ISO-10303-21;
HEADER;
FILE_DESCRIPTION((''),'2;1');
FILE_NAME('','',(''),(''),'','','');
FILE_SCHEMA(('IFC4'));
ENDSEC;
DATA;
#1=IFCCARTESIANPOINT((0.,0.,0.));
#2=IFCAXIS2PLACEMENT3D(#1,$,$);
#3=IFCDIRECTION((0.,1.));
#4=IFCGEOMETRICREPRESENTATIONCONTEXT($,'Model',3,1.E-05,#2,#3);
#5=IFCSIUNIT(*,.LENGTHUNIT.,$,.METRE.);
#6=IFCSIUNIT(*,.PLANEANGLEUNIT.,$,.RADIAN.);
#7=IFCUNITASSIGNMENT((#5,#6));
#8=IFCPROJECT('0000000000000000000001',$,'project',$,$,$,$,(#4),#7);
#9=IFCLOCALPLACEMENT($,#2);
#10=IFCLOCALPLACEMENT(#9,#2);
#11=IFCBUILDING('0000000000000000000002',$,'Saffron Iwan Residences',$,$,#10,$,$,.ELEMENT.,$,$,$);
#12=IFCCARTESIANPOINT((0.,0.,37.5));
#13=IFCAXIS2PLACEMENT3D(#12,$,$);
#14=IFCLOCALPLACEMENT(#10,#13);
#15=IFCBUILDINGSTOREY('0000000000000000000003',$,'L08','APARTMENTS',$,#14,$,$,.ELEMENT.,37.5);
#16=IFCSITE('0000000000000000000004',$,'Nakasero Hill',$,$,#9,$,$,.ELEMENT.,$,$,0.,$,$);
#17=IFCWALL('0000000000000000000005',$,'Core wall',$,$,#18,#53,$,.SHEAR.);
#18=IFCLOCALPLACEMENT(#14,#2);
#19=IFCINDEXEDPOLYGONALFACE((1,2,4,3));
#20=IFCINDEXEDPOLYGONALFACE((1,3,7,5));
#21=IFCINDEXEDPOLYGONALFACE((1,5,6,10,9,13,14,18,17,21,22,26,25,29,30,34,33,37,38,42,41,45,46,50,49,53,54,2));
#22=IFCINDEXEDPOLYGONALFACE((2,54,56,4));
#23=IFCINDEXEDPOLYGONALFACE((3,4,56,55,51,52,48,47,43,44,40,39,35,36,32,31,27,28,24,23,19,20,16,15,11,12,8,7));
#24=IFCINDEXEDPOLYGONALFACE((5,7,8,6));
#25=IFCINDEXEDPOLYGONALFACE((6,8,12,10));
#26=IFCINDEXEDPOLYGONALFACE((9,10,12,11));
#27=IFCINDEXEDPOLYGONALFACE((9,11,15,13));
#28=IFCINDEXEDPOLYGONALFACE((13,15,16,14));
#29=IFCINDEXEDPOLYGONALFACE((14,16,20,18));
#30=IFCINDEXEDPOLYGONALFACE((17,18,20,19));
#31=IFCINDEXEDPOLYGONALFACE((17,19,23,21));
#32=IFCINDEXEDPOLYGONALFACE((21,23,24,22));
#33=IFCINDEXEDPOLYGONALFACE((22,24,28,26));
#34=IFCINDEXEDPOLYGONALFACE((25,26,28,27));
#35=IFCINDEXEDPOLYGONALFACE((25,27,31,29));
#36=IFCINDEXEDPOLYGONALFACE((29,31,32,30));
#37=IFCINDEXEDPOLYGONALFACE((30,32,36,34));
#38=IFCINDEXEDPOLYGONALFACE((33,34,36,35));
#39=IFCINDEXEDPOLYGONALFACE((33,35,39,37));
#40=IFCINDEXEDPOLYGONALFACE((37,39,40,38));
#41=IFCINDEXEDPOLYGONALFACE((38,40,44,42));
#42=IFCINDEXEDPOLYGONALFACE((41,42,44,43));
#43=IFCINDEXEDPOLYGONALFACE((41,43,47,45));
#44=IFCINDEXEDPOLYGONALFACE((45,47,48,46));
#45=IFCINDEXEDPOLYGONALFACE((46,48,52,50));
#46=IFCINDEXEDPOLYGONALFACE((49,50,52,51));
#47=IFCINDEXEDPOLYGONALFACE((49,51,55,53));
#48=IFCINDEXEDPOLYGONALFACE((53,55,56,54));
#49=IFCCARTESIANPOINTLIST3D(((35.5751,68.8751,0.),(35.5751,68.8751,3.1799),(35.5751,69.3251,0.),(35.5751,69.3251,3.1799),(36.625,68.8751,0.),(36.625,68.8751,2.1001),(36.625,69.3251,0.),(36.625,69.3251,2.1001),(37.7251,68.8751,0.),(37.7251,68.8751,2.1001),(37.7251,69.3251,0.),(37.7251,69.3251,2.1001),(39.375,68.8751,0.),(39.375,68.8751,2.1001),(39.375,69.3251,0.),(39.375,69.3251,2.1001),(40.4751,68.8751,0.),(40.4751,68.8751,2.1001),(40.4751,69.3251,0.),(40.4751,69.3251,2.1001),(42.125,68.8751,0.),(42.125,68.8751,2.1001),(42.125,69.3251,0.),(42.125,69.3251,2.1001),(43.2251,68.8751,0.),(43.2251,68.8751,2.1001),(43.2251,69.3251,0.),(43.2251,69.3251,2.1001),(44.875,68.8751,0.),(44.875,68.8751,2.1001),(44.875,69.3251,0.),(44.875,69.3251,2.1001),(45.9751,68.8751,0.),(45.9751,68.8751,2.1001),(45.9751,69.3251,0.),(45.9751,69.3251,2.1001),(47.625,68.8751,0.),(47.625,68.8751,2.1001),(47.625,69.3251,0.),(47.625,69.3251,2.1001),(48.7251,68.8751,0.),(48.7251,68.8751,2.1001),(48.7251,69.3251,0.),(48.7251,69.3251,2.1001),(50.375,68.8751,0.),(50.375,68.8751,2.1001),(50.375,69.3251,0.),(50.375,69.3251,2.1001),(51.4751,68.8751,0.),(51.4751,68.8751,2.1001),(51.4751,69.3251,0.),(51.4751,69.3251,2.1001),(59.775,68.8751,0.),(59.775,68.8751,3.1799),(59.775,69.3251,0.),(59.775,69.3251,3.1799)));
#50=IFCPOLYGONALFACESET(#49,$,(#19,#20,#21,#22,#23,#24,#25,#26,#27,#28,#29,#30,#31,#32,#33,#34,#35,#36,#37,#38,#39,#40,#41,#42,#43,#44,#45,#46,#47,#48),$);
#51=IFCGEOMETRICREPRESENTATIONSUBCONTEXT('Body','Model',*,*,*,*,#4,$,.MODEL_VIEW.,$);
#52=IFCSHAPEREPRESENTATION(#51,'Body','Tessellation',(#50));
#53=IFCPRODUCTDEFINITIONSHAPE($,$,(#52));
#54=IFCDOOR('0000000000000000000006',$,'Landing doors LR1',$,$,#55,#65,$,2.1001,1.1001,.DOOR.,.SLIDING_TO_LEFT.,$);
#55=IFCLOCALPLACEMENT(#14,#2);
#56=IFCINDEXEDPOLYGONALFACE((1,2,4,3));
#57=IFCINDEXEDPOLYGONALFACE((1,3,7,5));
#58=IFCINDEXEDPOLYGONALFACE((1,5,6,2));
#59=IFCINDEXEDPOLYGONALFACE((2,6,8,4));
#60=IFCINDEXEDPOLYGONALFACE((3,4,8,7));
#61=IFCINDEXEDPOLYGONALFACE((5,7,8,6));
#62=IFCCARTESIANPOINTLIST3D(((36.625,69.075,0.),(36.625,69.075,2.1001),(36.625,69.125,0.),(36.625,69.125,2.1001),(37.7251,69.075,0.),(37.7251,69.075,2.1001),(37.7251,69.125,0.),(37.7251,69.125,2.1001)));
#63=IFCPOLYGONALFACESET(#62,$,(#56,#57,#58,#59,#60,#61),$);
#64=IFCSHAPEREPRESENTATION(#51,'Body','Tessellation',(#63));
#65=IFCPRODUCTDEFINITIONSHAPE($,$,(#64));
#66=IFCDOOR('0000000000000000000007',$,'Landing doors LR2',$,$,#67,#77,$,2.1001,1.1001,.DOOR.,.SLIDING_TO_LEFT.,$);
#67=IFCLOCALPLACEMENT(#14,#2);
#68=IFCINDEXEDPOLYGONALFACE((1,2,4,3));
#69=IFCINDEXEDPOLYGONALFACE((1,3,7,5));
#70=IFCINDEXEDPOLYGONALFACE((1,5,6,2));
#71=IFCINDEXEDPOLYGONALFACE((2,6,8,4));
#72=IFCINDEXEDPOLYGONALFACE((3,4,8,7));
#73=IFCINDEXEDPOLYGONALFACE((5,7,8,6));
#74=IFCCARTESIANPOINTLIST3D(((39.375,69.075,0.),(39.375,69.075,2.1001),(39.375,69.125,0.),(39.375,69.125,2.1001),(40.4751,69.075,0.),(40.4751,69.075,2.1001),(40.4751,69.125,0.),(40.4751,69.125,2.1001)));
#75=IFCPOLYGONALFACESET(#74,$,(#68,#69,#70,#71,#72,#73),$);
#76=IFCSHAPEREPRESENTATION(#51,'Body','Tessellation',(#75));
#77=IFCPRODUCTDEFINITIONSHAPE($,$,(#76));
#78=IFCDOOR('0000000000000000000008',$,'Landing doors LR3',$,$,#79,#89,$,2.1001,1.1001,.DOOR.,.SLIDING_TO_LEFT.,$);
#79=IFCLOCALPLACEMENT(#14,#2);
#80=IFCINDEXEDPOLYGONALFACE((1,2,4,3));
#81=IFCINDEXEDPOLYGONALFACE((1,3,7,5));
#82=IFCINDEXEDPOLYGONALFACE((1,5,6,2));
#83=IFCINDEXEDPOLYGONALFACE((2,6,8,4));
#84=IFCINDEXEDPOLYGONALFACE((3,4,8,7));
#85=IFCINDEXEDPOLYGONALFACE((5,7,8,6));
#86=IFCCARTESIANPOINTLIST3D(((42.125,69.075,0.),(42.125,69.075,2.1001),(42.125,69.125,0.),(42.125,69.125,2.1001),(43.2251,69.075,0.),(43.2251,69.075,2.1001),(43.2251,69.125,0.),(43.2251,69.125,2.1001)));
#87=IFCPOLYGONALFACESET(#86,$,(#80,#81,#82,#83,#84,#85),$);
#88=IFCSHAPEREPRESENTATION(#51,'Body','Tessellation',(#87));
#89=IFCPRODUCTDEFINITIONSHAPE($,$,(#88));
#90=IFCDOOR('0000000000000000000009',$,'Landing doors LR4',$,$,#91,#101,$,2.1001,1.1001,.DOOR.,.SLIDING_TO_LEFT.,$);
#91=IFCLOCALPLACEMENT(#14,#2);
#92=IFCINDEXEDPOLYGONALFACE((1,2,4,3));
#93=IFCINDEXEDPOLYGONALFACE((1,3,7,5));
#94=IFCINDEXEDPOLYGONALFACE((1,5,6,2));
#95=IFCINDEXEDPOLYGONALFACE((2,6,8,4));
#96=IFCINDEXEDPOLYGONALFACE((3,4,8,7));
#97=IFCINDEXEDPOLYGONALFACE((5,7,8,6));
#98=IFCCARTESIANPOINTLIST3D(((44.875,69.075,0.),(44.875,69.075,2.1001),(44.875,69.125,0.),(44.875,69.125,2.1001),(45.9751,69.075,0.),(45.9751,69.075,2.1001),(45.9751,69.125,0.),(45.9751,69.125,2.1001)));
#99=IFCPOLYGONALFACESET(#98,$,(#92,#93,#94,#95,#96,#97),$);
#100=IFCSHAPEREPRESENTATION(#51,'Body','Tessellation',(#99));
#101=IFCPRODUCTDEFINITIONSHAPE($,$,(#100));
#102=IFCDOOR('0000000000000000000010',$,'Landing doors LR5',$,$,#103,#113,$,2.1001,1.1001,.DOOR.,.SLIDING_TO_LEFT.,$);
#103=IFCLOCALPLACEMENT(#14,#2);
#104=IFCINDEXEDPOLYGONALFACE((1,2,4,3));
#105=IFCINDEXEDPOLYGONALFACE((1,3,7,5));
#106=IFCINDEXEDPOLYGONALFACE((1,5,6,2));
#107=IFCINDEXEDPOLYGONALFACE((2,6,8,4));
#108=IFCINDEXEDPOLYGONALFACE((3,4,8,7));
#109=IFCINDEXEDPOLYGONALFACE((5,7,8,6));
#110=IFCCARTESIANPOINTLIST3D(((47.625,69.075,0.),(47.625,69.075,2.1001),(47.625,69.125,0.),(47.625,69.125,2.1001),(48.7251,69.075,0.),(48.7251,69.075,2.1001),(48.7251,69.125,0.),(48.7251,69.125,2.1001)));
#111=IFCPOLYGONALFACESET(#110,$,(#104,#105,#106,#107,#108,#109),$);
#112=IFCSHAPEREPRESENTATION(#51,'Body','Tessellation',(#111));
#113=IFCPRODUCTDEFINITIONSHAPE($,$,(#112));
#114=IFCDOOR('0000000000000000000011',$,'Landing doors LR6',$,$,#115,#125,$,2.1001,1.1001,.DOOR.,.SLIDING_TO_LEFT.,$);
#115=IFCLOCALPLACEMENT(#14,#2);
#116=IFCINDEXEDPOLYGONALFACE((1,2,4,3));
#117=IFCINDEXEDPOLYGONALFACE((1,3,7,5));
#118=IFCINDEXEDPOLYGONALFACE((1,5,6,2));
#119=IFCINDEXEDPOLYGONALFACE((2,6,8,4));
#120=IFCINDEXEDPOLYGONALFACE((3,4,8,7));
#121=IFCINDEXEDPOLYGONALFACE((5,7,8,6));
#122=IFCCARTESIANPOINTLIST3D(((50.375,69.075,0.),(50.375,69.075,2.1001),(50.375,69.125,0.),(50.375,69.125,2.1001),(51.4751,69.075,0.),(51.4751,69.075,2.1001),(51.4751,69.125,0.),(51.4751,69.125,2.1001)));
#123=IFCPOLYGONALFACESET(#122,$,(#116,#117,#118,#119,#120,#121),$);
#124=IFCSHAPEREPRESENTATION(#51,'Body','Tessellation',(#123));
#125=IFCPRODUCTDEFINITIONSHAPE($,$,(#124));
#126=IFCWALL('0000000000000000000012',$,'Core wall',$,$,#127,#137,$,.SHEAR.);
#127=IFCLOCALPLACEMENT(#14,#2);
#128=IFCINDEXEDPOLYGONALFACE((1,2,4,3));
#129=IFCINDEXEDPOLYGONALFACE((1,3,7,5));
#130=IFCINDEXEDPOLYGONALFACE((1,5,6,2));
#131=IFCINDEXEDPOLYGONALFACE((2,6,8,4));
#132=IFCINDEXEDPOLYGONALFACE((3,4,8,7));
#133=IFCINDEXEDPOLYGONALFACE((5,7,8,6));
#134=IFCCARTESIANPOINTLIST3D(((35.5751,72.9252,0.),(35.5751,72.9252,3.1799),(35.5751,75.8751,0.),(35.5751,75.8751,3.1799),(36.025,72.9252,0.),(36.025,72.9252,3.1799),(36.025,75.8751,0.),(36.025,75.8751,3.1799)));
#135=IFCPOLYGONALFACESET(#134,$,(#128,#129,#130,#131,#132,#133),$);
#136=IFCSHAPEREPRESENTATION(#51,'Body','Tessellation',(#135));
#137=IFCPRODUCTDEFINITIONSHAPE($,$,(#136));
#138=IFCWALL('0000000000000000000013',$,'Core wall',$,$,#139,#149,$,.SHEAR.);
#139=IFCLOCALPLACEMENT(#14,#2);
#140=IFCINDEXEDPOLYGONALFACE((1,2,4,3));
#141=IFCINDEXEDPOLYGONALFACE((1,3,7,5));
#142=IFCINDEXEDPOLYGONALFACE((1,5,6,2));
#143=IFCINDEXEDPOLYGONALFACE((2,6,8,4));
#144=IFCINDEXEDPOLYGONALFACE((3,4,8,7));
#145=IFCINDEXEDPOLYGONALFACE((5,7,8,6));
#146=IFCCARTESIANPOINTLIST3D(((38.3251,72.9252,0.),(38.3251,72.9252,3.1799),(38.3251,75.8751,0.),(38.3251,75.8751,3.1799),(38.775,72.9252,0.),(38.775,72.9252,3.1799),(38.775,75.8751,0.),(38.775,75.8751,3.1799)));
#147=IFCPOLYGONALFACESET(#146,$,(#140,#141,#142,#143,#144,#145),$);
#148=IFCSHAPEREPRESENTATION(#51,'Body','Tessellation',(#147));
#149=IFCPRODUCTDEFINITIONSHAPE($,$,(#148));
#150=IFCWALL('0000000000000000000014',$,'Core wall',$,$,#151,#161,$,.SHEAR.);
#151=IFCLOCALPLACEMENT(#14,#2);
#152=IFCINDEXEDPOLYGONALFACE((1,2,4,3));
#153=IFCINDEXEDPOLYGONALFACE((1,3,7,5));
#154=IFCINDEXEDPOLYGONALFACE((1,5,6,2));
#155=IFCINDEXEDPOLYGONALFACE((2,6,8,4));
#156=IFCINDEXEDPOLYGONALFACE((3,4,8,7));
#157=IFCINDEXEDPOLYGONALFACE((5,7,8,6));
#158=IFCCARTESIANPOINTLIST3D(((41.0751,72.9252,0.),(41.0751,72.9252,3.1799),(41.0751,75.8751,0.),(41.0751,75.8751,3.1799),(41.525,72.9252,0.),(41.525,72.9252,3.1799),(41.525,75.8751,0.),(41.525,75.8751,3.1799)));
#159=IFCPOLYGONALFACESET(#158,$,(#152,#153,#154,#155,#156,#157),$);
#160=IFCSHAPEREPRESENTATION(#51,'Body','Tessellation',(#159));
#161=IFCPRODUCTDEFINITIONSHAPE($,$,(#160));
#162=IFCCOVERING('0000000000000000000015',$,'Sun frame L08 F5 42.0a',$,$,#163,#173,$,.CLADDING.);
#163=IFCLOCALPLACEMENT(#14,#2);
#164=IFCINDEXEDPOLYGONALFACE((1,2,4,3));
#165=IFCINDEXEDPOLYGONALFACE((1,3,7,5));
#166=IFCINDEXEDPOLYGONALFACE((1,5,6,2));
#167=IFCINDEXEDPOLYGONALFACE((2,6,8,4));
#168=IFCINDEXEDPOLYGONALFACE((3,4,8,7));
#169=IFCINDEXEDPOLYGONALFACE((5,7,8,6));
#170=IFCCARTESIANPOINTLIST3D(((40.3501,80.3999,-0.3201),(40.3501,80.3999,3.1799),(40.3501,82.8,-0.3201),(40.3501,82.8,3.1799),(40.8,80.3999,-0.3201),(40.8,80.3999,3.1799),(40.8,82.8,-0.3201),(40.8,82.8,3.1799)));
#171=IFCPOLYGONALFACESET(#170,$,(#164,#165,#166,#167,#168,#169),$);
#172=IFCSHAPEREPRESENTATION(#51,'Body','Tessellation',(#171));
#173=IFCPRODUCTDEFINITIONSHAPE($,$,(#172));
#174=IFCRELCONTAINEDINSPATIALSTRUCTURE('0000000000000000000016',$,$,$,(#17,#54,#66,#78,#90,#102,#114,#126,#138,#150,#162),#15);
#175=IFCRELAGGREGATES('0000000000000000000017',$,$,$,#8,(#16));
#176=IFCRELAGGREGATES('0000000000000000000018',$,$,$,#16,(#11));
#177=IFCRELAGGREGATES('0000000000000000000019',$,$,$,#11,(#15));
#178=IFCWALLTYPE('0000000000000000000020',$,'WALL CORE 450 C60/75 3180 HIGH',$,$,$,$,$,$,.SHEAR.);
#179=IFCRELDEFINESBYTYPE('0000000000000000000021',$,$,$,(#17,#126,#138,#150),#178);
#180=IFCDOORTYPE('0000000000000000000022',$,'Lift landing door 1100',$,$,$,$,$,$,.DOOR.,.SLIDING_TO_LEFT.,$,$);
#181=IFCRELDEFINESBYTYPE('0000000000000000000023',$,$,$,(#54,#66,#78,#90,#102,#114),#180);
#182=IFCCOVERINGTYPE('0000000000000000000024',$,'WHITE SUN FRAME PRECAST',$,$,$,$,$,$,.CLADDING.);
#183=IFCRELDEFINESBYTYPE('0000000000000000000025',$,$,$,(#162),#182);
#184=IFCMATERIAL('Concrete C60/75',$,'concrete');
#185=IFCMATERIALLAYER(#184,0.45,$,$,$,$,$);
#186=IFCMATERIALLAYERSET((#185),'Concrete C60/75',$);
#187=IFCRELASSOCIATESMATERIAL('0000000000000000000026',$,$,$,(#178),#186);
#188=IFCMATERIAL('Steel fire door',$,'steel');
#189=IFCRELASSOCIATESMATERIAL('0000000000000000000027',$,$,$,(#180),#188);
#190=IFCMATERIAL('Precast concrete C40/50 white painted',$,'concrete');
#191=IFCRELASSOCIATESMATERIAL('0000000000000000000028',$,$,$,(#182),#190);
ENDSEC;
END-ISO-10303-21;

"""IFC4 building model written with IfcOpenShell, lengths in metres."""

from ifc_helpers import new_model, si_unit, direction, frame, frame_2d, origin, place, context, subcontext, project, spatial, polyline, rectangle, outline, extrude, material, layer, layer_set, type_object, element, fill, save


model = new_model("IFC4")

# Units and contexts
model_context = context("Model", 3, precision=1e-05, world=origin(), true_north=direction((0.0, 1.0)))
body_context = subcontext(model_context, "Body", "Model", "MODEL_VIEW")
ifc_project = project(units=[si_unit("LENGTHUNIT", "METRE"), si_unit("PLANEANGLEUNIT", "RADIAN")], contexts=[model_context])

# Site, building, storey
site_placement = place(None, origin())
site = spatial("IfcSite", under=ifc_project, at=site_placement, Name="Nakasero Hill", CompositionType="ELEMENT", RefElevation=0.0)
building_placement = place(site_placement, origin())
building = spatial("IfcBuilding", under=site, at=building_placement, Name="Saffron Iwan Residences", CompositionType="ELEMENT")
storey_placement = place(building_placement, frame((0.0, 0.0, 37.5)))
storey = spatial("IfcBuildingStorey", under=building, at=storey_placement, Name="L08", Description="APARTMENTS", CompositionType="ELEMENT", Elevation=37.5)

# Shared definitions
ifc_material_1 = material(Name="Concrete C60/75", Category="concrete")

# Shared definitions
ifc_material_2 = material(Name="Steel fire door", Category="steel")

# Wall, openings, doors
ifc_layer_1 = layer(ifc_material_1, 0.45)
ifc_layer_set_1 = layer_set([ifc_layer_1], Name="Concrete C60/75")
wall_type_1 = type_object("IfcWallType", Name="WALL CORE 450 C60/75 3180 HIGH", PredefinedType="SHEAR", material=ifc_layer_set_1)
wall_1_placement = place(storey_placement, frame((35.575, 69.1001, 0.0), z_axis=(0.0, 0.0, 1.0), x_axis=(1.0, 0.0, 0.0)))
wall_1 = element("IfcWall", 1, at=wall_1_placement, inside=storey, type_object=wall_type_1, Name="Core wall", PredefinedType="SHEAR", context=body_context, shape_type="SweptSolid", body=[
    extrude(rectangle(XDim=24.2, YDim=0.45, at=frame_2d((12.1001, 0.0))), origin(), (0.0, 0.0, 1.0), 3.1799),
])
opening_1_placement = place(wall_1_placement, frame((1.05, 0.0, 0.0)))
opening_1 = element("IfcOpeningElement", 2, at=opening_1_placement, cuts=wall_1, PredefinedType="OPENING", context=body_context, shape_type="SweptSolid", body=[
    extrude(rectangle(XDim=1.1001, YDim=2.1001, at=frame_2d((0.55, 1.05))), frame((0.0, 0.2349, 0.0), z_axis=(0.0, -1.0, 0.0), x_axis=(1.0, 0.0, 0.0)), (0.0, 0.0, 1.0), 0.47),
])
opening_2_placement = place(wall_1_placement, frame((3.8, 0.0, 0.0)))
opening_2 = element("IfcOpeningElement", 3, at=opening_2_placement, cuts=wall_1, PredefinedType="OPENING", context=body_context, shape_type="SweptSolid", body=[
    extrude(rectangle(XDim=1.1001, YDim=2.1001, at=frame_2d((0.55, 1.05))), frame((0.0, 0.2349, 0.0), z_axis=(0.0, -1.0, 0.0), x_axis=(1.0, 0.0, 0.0)), (0.0, 0.0, 1.0), 0.47),
])
opening_3_placement = place(wall_1_placement, frame((6.55, 0.0, 0.0)))
opening_3 = element("IfcOpeningElement", 4, at=opening_3_placement, cuts=wall_1, PredefinedType="OPENING", context=body_context, shape_type="SweptSolid", body=[
    extrude(rectangle(XDim=1.1001, YDim=2.1001, at=frame_2d((0.55, 1.05))), frame((0.0, 0.2349, 0.0), z_axis=(0.0, -1.0, 0.0), x_axis=(1.0, 0.0, 0.0)), (0.0, 0.0, 1.0), 0.47),
])
opening_4_placement = place(wall_1_placement, frame((9.3, 0.0, 0.0)))
opening_4 = element("IfcOpeningElement", 5, at=opening_4_placement, cuts=wall_1, PredefinedType="OPENING", context=body_context, shape_type="SweptSolid", body=[
    extrude(rectangle(XDim=1.1001, YDim=2.1001, at=frame_2d((0.55, 1.05))), frame((0.0, 0.2349, 0.0), z_axis=(0.0, -1.0, 0.0), x_axis=(1.0, 0.0, 0.0)), (0.0, 0.0, 1.0), 0.47),
])
opening_5_placement = place(wall_1_placement, frame((12.05, 0.0, 0.0)))
opening_5 = element("IfcOpeningElement", 6, at=opening_5_placement, cuts=wall_1, PredefinedType="OPENING", context=body_context, shape_type="SweptSolid", body=[
    extrude(rectangle(XDim=1.1001, YDim=2.1001, at=frame_2d((0.55, 1.05))), frame((0.0, 0.2349, 0.0), z_axis=(0.0, -1.0, 0.0), x_axis=(1.0, 0.0, 0.0)), (0.0, 0.0, 1.0), 0.47),
])
opening_6_placement = place(wall_1_placement, frame((14.8, 0.0, 0.0)))
opening_6 = element("IfcOpeningElement", 7, at=opening_6_placement, cuts=wall_1, PredefinedType="OPENING", context=body_context, shape_type="SweptSolid", body=[
    extrude(rectangle(XDim=1.1001, YDim=2.1001, at=frame_2d((0.55, 1.05))), frame((0.0, 0.2349, 0.0), z_axis=(0.0, -1.0, 0.0), x_axis=(1.0, 0.0, 0.0)), (0.0, 0.0, 1.0), 0.47),
])
door_type_1 = type_object("IfcDoorType", Name="Lift landing door 1100", OperationType="SLIDING_TO_LEFT", PredefinedType="DOOR", material=ifc_material_2)
door_1_placement = place(opening_1_placement, origin())
door_1 = element("IfcDoor", 8, at=door_1_placement, inside=storey, type_object=door_type_1, Name="Landing doors LR1", OperationType="SLIDING_TO_LEFT", OverallHeight=2.1001, OverallWidth=1.1001, PredefinedType="DOOR", context=body_context, shape_type="SweptSolid", body=[
    extrude(rectangle(XDim=1.1001, YDim=2.1001, at=frame_2d((0.55, 1.05))), frame((0.0, 0.0249, 0.0), z_axis=(0.0, -1.0, 0.0), x_axis=(1.0, 0.0, 0.0)), (0.0, 0.0, 1.0), 0.05),
])
fill(opening_1, door_1)
door_2_placement = place(opening_2_placement, origin())
door_2 = element("IfcDoor", 9, at=door_2_placement, inside=storey, type_object=door_type_1, Name="Landing doors LR2", OperationType="SLIDING_TO_LEFT", OverallHeight=2.1001, OverallWidth=1.1001, PredefinedType="DOOR", context=body_context, shape_type="SweptSolid", body=[
    extrude(rectangle(XDim=1.1001, YDim=2.1001, at=frame_2d((0.55, 1.05))), frame((0.0, 0.0249, 0.0), z_axis=(0.0, -1.0, 0.0), x_axis=(1.0, 0.0, 0.0)), (0.0, 0.0, 1.0), 0.05),
])
fill(opening_2, door_2)
door_3_placement = place(opening_3_placement, origin())
door_3 = element("IfcDoor", 10, at=door_3_placement, inside=storey, type_object=door_type_1, Name="Landing doors LR3", OperationType="SLIDING_TO_LEFT", OverallHeight=2.1001, OverallWidth=1.1001, PredefinedType="DOOR", context=body_context, shape_type="SweptSolid", body=[
    extrude(rectangle(XDim=1.1001, YDim=2.1001, at=frame_2d((0.55, 1.05))), frame((0.0, 0.0249, 0.0), z_axis=(0.0, -1.0, 0.0), x_axis=(1.0, 0.0, 0.0)), (0.0, 0.0, 1.0), 0.05),
])
fill(opening_3, door_3)
door_4_placement = place(opening_4_placement, origin())
door_4 = element("IfcDoor", 11, at=door_4_placement, inside=storey, type_object=door_type_1, Name="Landing doors LR4", OperationType="SLIDING_TO_LEFT", OverallHeight=2.1001, OverallWidth=1.1001, PredefinedType="DOOR", context=body_context, shape_type="SweptSolid", body=[
    extrude(rectangle(XDim=1.1001, YDim=2.1001, at=frame_2d((0.55, 1.05))), frame((0.0, 0.0249, 0.0), z_axis=(0.0, -1.0, 0.0), x_axis=(1.0, 0.0, 0.0)), (0.0, 0.0, 1.0), 0.05),
])
fill(opening_4, door_4)
door_5_placement = place(opening_5_placement, origin())
door_5 = element("IfcDoor", 12, at=door_5_placement, inside=storey, type_object=door_type_1, Name="Landing doors LR5", OperationType="SLIDING_TO_LEFT", OverallHeight=2.1001, OverallWidth=1.1001, PredefinedType="DOOR", context=body_context, shape_type="SweptSolid", body=[
    extrude(rectangle(XDim=1.1001, YDim=2.1001, at=frame_2d((0.55, 1.05))), frame((0.0, 0.0249, 0.0), z_axis=(0.0, -1.0, 0.0), x_axis=(1.0, 0.0, 0.0)), (0.0, 0.0, 1.0), 0.05),
])
fill(opening_5, door_5)
door_6_placement = place(opening_6_placement, origin())
door_6 = element("IfcDoor", 13, at=door_6_placement, inside=storey, type_object=door_type_1, Name="Landing doors LR6", OperationType="SLIDING_TO_LEFT", OverallHeight=2.1001, OverallWidth=1.1001, PredefinedType="DOOR", context=body_context, shape_type="SweptSolid", body=[
    extrude(rectangle(XDim=1.1001, YDim=2.1001, at=frame_2d((0.55, 1.05))), frame((0.0, 0.0249, 0.0), z_axis=(0.0, -1.0, 0.0), x_axis=(1.0, 0.0, 0.0)), (0.0, 0.0, 1.0), 0.05),
])
fill(opening_6, door_6)

# Walls
for number, where, z_axis, x_axis, name in (
    (14, (35.8, 72.925, 0.0), (0.0, 0.0, 1.0), (0.0, 1.0, 0.0), "Core wall"),
    (15, (38.55, 72.925, 0.0), (0.0, 0.0, 1.0), (0.0, 1.0, 0.0), "Core wall"),
    (16, (41.3, 72.925, 0.0), (0.0, 0.0, 1.0), (0.0, 1.0, 0.0), "Core wall"),
):
    element("IfcWall", number, at=place(storey_placement, frame(where, z_axis=z_axis, x_axis=x_axis)), inside=storey, type_object=wall_type_1, Name=name, PredefinedType="SHEAR", context=body_context, shape_type="SweptSolid", body=[
        extrude(rectangle(XDim=2.95, YDim=0.45, at=frame_2d((1.4751, 0.0))), origin(), (0.0, 0.0, 1.0), 3.1799),
    ])

# Covering
ifc_material_3 = material(Name="Precast concrete C40/50 white painted", Category="concrete")
covering_type = type_object("IfcCoveringType", Name="WHITE SUN FRAME PRECAST", PredefinedType="CLADDING", material=ifc_material_3)
covering_placement = place(storey_placement, frame((40.8, 80.3999, -0.3201), z_axis=(0.0, 1.0, 0.0), x_axis=(-1.0, 0.0, 0.0)))
element("IfcCovering", 17, at=covering_placement, inside=storey, type_object=covering_type, Name="Sun frame L08 F5 42.0a", PredefinedType="CLADDING", context=body_context, shape_type="SweptSolid", body=[
    extrude(outline(polyline([(0.0, 0.0), (0.45, 0.0), (0.45, 3.5), (0.0, 3.5), (0.0, 0.0)])), origin(), (0.0, 0.0, 1.0), 2.4001),
])

save(model, "model.ifc")
